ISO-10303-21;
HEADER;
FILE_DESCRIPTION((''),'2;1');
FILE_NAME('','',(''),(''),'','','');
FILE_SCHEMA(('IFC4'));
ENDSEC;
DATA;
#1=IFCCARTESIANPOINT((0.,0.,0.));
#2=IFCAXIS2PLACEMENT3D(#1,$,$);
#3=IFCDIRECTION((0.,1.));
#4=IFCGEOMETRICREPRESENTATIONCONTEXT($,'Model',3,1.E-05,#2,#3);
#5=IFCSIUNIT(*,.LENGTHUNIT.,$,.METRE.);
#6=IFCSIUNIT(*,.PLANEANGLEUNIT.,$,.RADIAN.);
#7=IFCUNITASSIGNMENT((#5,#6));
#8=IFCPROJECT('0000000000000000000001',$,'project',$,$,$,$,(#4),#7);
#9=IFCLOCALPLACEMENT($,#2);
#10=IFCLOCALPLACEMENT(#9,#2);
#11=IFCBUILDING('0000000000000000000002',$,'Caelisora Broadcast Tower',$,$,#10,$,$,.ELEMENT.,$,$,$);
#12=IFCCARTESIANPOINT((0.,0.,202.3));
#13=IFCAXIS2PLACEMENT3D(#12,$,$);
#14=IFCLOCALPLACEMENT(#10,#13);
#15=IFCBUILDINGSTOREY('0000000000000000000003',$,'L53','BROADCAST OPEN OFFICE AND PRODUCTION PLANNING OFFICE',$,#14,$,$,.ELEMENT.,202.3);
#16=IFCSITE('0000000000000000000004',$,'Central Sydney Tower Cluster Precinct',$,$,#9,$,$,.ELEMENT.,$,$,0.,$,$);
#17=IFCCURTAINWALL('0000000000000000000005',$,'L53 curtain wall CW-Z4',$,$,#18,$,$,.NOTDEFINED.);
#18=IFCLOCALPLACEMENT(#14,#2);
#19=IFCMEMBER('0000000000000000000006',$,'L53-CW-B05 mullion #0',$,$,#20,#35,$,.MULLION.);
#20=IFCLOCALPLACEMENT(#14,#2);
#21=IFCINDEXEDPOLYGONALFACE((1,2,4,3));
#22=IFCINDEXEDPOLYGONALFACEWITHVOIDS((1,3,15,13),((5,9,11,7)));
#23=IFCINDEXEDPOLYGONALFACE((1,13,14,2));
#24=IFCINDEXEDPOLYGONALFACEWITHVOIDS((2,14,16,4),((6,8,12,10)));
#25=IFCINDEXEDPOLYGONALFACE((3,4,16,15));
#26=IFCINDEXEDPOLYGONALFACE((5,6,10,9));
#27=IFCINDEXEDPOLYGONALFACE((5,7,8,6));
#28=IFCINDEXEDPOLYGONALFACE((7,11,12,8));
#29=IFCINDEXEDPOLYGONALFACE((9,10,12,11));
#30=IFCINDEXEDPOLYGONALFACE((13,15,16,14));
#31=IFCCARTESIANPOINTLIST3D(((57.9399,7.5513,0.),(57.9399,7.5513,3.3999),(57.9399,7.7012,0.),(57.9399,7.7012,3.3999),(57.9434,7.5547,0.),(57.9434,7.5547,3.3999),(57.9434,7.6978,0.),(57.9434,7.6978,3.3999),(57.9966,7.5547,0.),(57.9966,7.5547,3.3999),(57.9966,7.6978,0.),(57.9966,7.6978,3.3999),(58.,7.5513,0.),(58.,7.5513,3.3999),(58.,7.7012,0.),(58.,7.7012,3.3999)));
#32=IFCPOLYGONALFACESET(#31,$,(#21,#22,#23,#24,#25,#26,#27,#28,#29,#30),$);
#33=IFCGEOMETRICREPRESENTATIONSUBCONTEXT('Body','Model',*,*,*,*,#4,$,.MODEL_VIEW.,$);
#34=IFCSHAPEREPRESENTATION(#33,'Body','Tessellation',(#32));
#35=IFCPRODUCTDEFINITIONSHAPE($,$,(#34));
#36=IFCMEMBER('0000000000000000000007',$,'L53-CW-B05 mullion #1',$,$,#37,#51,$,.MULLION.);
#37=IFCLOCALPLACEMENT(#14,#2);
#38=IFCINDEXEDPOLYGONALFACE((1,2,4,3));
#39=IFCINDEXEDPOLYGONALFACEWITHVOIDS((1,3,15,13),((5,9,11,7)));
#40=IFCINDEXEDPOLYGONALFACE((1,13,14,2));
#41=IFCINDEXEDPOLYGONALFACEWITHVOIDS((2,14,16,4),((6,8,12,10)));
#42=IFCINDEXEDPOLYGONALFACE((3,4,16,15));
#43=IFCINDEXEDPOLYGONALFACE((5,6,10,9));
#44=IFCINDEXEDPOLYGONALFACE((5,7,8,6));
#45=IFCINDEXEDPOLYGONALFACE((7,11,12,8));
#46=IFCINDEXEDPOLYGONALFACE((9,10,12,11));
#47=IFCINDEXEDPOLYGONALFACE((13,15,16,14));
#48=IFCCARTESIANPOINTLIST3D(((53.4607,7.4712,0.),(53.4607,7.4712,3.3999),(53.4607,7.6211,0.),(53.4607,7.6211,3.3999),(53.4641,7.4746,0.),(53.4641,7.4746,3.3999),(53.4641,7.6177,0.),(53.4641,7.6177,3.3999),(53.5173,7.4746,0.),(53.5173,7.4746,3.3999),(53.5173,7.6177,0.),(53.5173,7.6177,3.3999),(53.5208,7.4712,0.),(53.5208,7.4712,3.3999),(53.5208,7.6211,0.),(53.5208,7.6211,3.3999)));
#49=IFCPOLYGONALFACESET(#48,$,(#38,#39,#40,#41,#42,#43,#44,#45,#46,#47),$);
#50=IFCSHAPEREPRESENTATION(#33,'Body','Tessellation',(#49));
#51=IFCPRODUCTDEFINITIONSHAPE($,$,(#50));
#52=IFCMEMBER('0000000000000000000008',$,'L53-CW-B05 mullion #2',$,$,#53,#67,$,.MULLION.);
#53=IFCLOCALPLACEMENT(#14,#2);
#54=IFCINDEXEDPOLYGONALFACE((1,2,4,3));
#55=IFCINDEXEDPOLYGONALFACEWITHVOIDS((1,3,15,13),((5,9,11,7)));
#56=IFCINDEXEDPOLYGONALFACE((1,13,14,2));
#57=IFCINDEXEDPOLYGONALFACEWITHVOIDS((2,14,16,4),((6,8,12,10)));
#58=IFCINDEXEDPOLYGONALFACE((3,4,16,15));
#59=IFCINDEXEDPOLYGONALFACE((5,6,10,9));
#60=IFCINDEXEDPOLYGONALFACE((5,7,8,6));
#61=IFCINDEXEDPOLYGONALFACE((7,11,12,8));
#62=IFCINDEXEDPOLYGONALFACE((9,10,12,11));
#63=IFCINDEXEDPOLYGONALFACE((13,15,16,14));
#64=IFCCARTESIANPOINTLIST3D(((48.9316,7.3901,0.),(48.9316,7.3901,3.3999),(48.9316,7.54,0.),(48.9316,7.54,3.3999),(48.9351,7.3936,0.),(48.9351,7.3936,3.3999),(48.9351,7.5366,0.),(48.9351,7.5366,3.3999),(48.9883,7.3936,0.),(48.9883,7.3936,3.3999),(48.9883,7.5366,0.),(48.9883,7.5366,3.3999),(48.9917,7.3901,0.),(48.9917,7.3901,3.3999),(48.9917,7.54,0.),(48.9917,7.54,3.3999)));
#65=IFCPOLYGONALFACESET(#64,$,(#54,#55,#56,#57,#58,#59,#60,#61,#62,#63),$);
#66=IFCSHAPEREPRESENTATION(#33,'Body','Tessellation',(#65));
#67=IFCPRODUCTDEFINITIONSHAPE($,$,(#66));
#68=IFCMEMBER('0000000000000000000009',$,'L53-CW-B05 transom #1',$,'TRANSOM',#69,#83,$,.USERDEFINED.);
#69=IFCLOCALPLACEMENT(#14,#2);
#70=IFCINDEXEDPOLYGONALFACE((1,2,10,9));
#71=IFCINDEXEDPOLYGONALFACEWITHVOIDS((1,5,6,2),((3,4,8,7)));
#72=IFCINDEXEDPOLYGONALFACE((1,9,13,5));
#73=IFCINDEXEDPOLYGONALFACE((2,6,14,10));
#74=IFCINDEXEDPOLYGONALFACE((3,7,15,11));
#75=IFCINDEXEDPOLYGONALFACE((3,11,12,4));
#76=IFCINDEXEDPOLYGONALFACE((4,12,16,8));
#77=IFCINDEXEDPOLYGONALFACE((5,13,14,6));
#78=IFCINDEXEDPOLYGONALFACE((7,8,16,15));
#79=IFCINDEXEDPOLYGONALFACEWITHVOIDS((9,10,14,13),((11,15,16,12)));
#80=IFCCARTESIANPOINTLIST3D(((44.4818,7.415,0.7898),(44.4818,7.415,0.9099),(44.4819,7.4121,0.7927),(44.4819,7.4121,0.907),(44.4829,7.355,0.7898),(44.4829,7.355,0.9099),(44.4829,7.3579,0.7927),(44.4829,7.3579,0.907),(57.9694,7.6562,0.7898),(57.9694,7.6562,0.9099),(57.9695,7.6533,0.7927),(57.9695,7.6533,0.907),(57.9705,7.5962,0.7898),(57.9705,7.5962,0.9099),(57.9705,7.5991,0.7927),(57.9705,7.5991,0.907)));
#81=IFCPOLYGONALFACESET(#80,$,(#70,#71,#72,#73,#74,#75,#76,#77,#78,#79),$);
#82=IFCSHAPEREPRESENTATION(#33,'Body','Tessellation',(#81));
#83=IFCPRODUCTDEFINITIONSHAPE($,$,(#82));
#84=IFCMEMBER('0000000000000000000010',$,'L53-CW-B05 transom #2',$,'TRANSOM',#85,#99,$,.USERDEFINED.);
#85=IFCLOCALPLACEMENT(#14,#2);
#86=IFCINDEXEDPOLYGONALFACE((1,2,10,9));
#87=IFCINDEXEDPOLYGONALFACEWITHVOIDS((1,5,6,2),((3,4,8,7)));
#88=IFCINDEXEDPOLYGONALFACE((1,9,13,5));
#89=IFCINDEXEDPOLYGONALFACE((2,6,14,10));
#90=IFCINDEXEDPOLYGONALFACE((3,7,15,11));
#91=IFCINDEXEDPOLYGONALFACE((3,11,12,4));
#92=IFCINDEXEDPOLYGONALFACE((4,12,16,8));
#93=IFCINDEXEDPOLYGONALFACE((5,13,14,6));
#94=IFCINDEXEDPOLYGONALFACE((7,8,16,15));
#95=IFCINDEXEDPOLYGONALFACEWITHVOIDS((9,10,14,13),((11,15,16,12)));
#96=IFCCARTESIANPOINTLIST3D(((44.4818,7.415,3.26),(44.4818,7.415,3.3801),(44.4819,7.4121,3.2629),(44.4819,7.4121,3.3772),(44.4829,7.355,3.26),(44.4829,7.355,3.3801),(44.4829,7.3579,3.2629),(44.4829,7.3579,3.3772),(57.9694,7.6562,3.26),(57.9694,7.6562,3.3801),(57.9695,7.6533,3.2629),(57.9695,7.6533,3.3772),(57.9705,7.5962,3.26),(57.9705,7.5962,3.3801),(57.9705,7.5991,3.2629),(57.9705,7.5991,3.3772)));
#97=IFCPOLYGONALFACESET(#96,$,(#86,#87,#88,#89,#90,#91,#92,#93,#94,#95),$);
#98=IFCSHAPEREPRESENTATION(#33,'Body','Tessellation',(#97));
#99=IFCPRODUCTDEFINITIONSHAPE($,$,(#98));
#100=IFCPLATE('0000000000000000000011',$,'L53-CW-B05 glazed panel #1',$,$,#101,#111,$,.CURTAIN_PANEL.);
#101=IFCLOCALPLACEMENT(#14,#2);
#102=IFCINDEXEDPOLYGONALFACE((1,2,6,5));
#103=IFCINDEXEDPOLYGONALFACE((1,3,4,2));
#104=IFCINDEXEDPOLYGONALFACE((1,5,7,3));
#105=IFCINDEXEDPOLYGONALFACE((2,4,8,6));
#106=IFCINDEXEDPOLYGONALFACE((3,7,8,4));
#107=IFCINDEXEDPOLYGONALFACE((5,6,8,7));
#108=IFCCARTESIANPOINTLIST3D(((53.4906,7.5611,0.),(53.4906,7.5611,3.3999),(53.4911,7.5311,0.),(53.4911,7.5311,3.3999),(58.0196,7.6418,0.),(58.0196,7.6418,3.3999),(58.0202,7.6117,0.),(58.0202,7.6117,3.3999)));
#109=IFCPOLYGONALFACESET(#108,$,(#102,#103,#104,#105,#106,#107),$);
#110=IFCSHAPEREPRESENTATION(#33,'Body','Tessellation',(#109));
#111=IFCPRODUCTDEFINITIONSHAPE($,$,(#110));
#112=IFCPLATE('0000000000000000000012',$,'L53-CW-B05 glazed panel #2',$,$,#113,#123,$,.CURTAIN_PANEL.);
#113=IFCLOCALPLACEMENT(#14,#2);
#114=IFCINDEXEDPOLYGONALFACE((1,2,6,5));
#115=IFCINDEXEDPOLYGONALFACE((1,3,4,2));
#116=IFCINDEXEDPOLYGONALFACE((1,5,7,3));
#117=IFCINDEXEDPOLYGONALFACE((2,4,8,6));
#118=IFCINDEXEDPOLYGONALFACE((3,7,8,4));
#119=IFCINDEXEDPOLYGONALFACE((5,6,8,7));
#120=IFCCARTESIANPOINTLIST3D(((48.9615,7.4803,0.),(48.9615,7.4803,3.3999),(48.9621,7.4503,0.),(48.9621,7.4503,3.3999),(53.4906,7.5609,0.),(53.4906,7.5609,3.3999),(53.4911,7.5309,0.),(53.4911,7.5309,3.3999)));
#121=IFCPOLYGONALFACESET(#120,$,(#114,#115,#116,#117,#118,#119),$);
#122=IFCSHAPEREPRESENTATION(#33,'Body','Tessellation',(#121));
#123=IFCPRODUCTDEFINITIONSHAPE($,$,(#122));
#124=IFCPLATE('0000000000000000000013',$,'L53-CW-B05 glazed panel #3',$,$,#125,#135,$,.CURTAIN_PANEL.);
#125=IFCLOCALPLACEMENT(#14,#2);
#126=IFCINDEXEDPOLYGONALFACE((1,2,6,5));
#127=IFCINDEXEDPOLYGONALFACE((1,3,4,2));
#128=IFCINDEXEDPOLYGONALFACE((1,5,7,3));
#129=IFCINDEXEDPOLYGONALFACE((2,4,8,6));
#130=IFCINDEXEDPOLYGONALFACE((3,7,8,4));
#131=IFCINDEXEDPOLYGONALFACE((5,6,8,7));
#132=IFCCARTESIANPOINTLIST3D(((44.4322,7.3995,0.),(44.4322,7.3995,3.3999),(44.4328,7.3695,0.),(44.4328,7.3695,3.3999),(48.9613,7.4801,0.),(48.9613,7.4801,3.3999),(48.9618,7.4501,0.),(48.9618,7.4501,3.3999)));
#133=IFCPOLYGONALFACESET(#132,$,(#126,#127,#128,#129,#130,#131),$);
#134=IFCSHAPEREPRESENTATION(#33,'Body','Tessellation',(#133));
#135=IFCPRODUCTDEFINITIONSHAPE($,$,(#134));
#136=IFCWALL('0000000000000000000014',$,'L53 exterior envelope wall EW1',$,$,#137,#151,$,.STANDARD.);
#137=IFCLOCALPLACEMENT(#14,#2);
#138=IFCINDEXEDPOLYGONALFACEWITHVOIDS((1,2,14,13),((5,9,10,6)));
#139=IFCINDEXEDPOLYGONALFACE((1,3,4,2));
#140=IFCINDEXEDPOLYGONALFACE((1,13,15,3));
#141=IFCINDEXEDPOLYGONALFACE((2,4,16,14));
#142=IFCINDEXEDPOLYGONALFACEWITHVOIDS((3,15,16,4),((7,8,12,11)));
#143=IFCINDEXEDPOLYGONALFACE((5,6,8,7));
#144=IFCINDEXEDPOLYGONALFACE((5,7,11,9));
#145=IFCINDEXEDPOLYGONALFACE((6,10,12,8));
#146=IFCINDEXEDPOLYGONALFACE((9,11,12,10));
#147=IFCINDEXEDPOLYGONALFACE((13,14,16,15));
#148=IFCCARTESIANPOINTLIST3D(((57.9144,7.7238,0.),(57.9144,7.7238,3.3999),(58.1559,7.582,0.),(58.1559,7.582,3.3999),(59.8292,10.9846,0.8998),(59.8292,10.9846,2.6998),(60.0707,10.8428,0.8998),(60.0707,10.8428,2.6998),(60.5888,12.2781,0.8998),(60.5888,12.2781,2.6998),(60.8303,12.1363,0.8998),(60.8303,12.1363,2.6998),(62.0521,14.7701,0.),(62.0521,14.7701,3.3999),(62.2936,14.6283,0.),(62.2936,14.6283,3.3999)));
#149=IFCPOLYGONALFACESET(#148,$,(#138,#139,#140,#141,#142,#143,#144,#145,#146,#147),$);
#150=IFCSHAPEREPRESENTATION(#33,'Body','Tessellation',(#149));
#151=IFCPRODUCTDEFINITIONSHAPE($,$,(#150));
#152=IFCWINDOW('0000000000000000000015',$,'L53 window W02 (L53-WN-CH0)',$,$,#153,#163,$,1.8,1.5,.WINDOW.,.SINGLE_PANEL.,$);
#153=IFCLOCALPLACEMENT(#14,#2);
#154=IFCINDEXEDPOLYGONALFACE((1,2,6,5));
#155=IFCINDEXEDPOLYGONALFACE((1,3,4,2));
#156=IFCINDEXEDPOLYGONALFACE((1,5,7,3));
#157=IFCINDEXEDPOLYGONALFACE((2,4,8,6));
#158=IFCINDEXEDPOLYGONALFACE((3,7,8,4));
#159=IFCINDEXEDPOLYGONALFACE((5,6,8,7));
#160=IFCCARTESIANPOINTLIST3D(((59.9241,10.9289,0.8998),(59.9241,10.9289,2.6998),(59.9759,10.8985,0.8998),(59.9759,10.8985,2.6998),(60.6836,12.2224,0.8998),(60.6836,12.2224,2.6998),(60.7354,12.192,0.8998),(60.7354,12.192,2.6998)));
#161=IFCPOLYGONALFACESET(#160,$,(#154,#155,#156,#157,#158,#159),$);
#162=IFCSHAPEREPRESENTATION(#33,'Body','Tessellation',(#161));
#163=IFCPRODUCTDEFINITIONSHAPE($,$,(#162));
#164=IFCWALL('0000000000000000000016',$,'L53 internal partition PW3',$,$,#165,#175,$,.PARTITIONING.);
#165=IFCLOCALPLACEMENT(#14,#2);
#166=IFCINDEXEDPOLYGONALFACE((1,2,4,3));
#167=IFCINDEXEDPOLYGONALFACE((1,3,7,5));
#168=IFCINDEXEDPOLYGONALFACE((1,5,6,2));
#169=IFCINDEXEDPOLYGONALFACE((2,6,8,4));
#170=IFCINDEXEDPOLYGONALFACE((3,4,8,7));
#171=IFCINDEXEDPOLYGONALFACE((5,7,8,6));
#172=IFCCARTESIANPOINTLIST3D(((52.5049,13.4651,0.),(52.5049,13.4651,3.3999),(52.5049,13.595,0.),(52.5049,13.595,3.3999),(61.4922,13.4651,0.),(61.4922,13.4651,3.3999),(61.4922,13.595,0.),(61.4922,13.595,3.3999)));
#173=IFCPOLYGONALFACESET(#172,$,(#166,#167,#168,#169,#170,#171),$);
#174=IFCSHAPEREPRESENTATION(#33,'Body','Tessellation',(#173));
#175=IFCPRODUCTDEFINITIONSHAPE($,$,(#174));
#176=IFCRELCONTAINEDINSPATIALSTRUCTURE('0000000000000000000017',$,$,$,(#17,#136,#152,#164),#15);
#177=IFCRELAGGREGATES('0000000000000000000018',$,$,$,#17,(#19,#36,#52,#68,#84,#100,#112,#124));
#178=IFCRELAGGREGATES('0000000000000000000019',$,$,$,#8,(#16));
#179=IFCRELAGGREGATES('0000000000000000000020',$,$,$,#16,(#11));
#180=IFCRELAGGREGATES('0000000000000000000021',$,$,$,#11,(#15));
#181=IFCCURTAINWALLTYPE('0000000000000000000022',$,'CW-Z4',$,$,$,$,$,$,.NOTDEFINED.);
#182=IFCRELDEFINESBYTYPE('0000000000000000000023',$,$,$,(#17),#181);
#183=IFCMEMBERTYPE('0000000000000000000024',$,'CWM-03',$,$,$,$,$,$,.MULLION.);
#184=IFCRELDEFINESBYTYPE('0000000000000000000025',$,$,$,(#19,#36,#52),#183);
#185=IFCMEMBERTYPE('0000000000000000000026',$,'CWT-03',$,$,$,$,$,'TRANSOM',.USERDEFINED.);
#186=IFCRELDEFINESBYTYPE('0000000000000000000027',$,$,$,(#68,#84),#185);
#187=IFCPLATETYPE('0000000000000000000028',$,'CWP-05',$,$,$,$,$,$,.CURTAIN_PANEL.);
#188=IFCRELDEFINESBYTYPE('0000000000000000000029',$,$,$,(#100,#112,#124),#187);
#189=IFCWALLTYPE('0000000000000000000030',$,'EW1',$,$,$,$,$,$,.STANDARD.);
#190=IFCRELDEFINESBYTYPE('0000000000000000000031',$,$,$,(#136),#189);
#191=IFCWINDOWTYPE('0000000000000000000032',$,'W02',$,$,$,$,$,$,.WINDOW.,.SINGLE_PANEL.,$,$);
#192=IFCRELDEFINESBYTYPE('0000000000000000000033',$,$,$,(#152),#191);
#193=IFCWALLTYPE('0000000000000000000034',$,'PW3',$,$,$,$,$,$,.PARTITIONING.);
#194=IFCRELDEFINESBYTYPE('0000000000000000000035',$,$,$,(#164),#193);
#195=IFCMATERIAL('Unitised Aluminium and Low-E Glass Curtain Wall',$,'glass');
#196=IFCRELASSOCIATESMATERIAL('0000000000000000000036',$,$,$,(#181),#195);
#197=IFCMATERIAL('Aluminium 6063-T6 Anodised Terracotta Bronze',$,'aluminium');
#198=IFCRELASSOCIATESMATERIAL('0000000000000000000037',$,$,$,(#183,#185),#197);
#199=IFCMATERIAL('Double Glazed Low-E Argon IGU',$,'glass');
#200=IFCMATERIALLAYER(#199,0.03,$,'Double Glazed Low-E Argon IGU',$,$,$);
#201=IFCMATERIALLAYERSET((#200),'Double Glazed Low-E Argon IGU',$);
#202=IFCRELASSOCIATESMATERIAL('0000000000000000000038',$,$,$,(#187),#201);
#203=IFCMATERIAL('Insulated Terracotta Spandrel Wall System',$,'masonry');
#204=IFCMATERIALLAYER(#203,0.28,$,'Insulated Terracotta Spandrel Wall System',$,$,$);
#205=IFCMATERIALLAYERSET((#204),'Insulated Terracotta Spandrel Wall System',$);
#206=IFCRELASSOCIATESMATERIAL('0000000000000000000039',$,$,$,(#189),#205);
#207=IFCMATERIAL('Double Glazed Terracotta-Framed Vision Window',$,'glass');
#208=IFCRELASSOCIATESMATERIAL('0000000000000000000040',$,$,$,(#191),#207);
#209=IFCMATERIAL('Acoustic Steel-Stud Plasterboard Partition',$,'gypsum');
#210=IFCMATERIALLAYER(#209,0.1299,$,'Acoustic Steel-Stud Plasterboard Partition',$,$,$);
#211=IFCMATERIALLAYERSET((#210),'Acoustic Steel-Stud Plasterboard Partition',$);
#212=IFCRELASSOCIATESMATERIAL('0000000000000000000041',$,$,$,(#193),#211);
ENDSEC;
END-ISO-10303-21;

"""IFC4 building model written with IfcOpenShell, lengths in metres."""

from ifc_helpers import new_model, si_unit, direction, frame, frame_2d, origin, origin_2d, place, context, subcontext, project, spatial, rectangle, hollow_rectangle, extrude, source, transform, mapped, material, layer, layer_set, material_profile, profile_set, type_object, type_shapes, element, fill, aggregate, save


model = new_model("IFC4")

# Units and contexts
model_context = context("Model", 3, precision=1e-05, world=origin(), true_north=direction((0.0, 1.0)))
body_context = subcontext(model_context, "Body", "Model", "MODEL_VIEW")
ifc_project = project(units=[si_unit("LENGTHUNIT", "METRE"), si_unit("PLANEANGLEUNIT", "RADIAN")], contexts=[model_context])

# Site, building, storey
site_placement = place(None, origin())
site = spatial("IfcSite", under=ifc_project, at=site_placement, Name="Central Sydney Tower Cluster Precinct", CompositionType="ELEMENT", RefElevation=0.0)
building_placement = place(site_placement, origin())
building = spatial("IfcBuilding", under=site, at=building_placement, Name="Caelisora Broadcast Tower", CompositionType="ELEMENT")
storey_placement = place(building_placement, frame((0.0, 0.0, 202.3)))
storey = spatial("IfcBuildingStorey", under=building, at=storey_placement, Name="L53", Description="BROADCAST OPEN OFFICE AND PRODUCTION PLANNING OFFICE", CompositionType="ELEMENT", Elevation=202.3)

# Shared definitions
ifc_material_1 = material(Name="Unitised Aluminium and Low-E Glass Curtain Wall", Category="glass")
curtain_wall_type = type_object("IfcCurtainWallType", Name="CW-Z4", PredefinedType="NOTDEFINED", material=ifc_material_1)
ifc_material_2 = material(Name="Aluminium 6063-T6 Anodised Terracotta Bronze", Category="aluminium")
ifc_material_profile_1 = material_profile(ifc_material_2, hollow_rectangle(XDim=0.0601, YDim=0.1499, WallThickness=0.0034, at=origin_2d()), Name="Aluminium 6063-T6 Anodised Terracotta Bronze")
ifc_profile_set_1 = profile_set([ifc_material_profile_1], Name="Aluminium 6063-T6 Anodised Terracotta Bronze")
member_type_1 = type_object("IfcMemberType", Name="CWM-03", PredefinedType="MULLION", material=ifc_profile_set_1)
shared_shape_1 = source(origin(), body_context, "Body", "SweptSolid", [
    extrude(hollow_rectangle(XDim=0.0601, YDim=0.1499, WallThickness=0.0034, at=origin_2d()), origin(), (0.0, 0.0, 1.0), 3.3999),
])
type_shapes(member_type_1, [shared_shape_1])

# Curtain wall, members, plates
curtain_wall_1_placement = place(storey_placement, origin())
curtain_wall_1 = element("IfcCurtainWall", 1, at=curtain_wall_1_placement, inside=storey, type_object=curtain_wall_type, Name="L53 curtain wall CW-Z4", PredefinedType="NOTDEFINED")
member_1_placement = place(storey_placement, frame((57.97, 7.6262, 0.0), z_axis=(0.0, 0.0, 1.0), x_axis=(1.0, 0.0, 0.0)))
member_1 = element("IfcMember", 2, at=member_1_placement, type_object=member_type_1, Name="L53-CW-B05 mullion #0", PredefinedType="MULLION", context=body_context, shape_type="MappedRepresentation", body=[
    mapped(shared_shape_1, transform((0.0, 0.0, 0.0), scale=1.0)),
])
member_2_placement = place(storey_placement, frame((53.4907, 7.5461, 0.0), z_axis=(0.0, 0.0, 1.0), x_axis=(1.0, 0.0, 0.0)))
member_2 = element("IfcMember", 3, at=member_2_placement, type_object=member_type_1, Name="L53-CW-B05 mullion #1", PredefinedType="MULLION", context=body_context, shape_type="MappedRepresentation", body=[
    mapped(shared_shape_1, transform((0.0, 0.0, 0.0), scale=1.0)),
])
member_3_placement = place(storey_placement, frame((48.9617, 7.4651, 0.0), z_axis=(0.0, 0.0, 1.0), x_axis=(1.0, 0.0, 0.0)))
member_3 = element("IfcMember", 4, at=member_3_placement, type_object=member_type_1, Name="L53-CW-B05 mullion #2", PredefinedType="MULLION", context=body_context, shape_type="MappedRepresentation", body=[
    mapped(shared_shape_1, transform((0.0, 0.0, 0.0), scale=1.0)),
])
ifc_material_profile_2 = material_profile(ifc_material_2, hollow_rectangle(XDim=0.0601, YDim=0.1201, WallThickness=0.0029, at=origin_2d()), Name="Aluminium 6063-T6 Anodised Terracotta Bronze")
ifc_profile_set_2 = profile_set([ifc_material_profile_2], Name="Aluminium 6063-T6 Anodised Terracotta Bronze")
member_type_2 = type_object("IfcMemberType", Name="CWT-03", ElementType="TRANSOM", PredefinedType="USERDEFINED", material=ifc_profile_set_2)
shared_shape_2 = source(origin(), body_context, "Body", "SweptSolid", [
    extrude(hollow_rectangle(XDim=0.0601, YDim=0.1201, WallThickness=0.0029, at=origin_2d()), origin(), (0.0, 0.0, 1.0), 13.4897),
])
type_shapes(member_type_2, [shared_shape_2])
member_4_placement = place(storey_placement, frame((57.97, 7.6262, 0.8499), z_axis=(-0.99984, -0.017881, 0.0), x_axis=(0.017881, -0.99984, 0.0)))
member_4 = element("IfcMember", 5, at=member_4_placement, type_object=member_type_2, Name="L53-CW-B05 transom #1", ObjectType="TRANSOM", PredefinedType="USERDEFINED", context=body_context, shape_type="MappedRepresentation", body=[
    mapped(shared_shape_2, transform((0.0, 0.0, 0.0), scale=1.0)),
])
member_5_placement = place(storey_placement, frame((57.97, 7.6262, 3.3201), z_axis=(-0.99984, -0.017881, 0.0), x_axis=(0.017881, -0.99984, 0.0)))
member_5 = element("IfcMember", 6, at=member_5_placement, type_object=member_type_2, Name="L53-CW-B05 transom #2", ObjectType="TRANSOM", PredefinedType="USERDEFINED", context=body_context, shape_type="MappedRepresentation", body=[
    mapped(shared_shape_2, transform((0.0, 0.0, 0.0), scale=1.0)),
])
ifc_material_3 = material(Name="Double Glazed Low-E Argon IGU", Category="glass")
ifc_layer_1 = layer(ifc_material_3, 0.03, Name="Double Glazed Low-E Argon IGU")
ifc_layer_set_1 = layer_set([ifc_layer_1], Name="Double Glazed Low-E Argon IGU")
plate_type = type_object("IfcPlateType", Name="CWP-05", PredefinedType="CURTAIN_PANEL", material=ifc_layer_set_1)
shared_shape_3 = source(origin(), body_context, "Body", "SweptSolid", [
    extrude(rectangle(XDim=4.5298, YDim=0.03, at=origin_2d()), origin(), (0.0, 0.0, 1.0), 3.3999),
])
type_shapes(plate_type, [shared_shape_3])
plate_1_placement = place(storey_placement, frame((55.7554, 7.5864, 0.0), z_axis=(0.0, 0.0, 1.0), x_axis=(-0.999842, -0.017801, 0.0)))
plate_1 = element("IfcPlate", 7, at=plate_1_placement, type_object=plate_type, Name="L53-CW-B05 glazed panel #1", PredefinedType="CURTAIN_PANEL", context=body_context, shape_type="MappedRepresentation", body=[
    mapped(shared_shape_3, transform((0.0, 0.0, 0.0), scale=1.0)),
])
plate_2_placement = place(storey_placement, frame((51.2263, 7.5056, 0.0), z_axis=(0.0, 0.0, 1.0), x_axis=(-0.999842, -0.017801, 0.0)))
plate_2 = element("IfcPlate", 8, at=plate_2_placement, type_object=plate_type, Name="L53-CW-B05 glazed panel #2", PredefinedType="CURTAIN_PANEL", context=body_context, shape_type="MappedRepresentation", body=[
    mapped(shared_shape_3, transform((0.0, 0.0, 0.0), scale=1.0)),
])
plate_3_placement = place(storey_placement, frame((46.697, 7.4248, 0.0), z_axis=(0.0, 0.0, 1.0), x_axis=(-0.999842, -0.017801, 0.0)))
plate_3 = element("IfcPlate", 9, at=plate_3_placement, type_object=plate_type, Name="L53-CW-B05 glazed panel #3", PredefinedType="CURTAIN_PANEL", context=body_context, shape_type="MappedRepresentation", body=[
    mapped(shared_shape_3, transform((0.0, 0.0, 0.0), scale=1.0)),
])
aggregate(curtain_wall_1, [member_1, member_2, member_3, member_4, member_5, plate_1, plate_2, plate_3])

# Wall, opening, window
ifc_material_4 = material(Name="Insulated Terracotta Spandrel Wall System", Category="masonry")
ifc_layer_2 = layer(ifc_material_4, 0.28, Name="Insulated Terracotta Spandrel Wall System")
ifc_layer_set_2 = layer_set([ifc_layer_2], Name="Insulated Terracotta Spandrel Wall System")
wall_type_1 = type_object("IfcWallType", Name="EW1", PredefinedType="STANDARD", material=ifc_layer_set_2)
wall_1_placement = place(storey_placement, frame((62.1729, 14.6992, 0.0), z_axis=(0.0, 0.0, 1.0), x_axis=(-0.506362, -0.862321, 0.0)))
wall_1 = element("IfcWall", 10, at=wall_1_placement, inside=storey, type_object=wall_type_1, Name="L53 exterior envelope wall EW1", PredefinedType="STANDARD", context=body_context, shape_type="SweptSolid", body=[
    extrude(rectangle(XDim=8.1714, YDim=0.28, at=frame_2d((4.0857, 0.0))), origin(), (0.0, 0.0, 1.0), 3.3999),
])
opening_1_placement = place(wall_1_placement, frame((2.8899, 0.0, 0.8999)))
opening_1 = element("IfcOpeningElement", 11, at=opening_1_placement, cuts=wall_1, PredefinedType="OPENING", context=body_context, shape_type="SweptSolid", body=[
    extrude(rectangle(XDim=1.5, YDim=1.8, at=frame_2d((0.75, 0.8999))), frame((0.0, 0.1521, 0.0), z_axis=(0.0, -1.0, 0.0), x_axis=(1.0, 0.0, 0.0)), (0.0, 0.0, 1.0), 0.304),
])
ifc_material_5 = material(Name="Double Glazed Terracotta-Framed Vision Window", Category="glass")
window_type = type_object("IfcWindowType", Name="W02", PartitioningType="SINGLE_PANEL", PredefinedType="WINDOW", material=ifc_material_5)
window_placement = place(opening_1_placement, origin())
window = element("IfcWindow", 12, at=window_placement, inside=storey, type_object=window_type, Name="L53 window W02 (L53-WN-CH0)", OverallHeight=1.8, OverallWidth=1.5, PartitioningType="SINGLE_PANEL", PredefinedType="WINDOW", context=body_context, shape_type="SweptSolid", body=[
    extrude(rectangle(XDim=1.5, YDim=1.8, at=frame_2d((0.75, 0.8999))), frame((0.0, 0.03, 0.0), z_axis=(0.0, -1.0, 0.0), x_axis=(1.0, 0.0, 0.0)), (0.0, 0.0, 1.0), 0.0601),
])
fill(opening_1, window)

# Wall
ifc_material_6 = material(Name="Acoustic Steel-Stud Plasterboard Partition", Category="gypsum")
ifc_layer_3 = layer(ifc_material_6, 0.1299, Name="Acoustic Steel-Stud Plasterboard Partition")
ifc_layer_set_3 = layer_set([ifc_layer_3], Name="Acoustic Steel-Stud Plasterboard Partition")
wall_type_2 = type_object("IfcWallType", Name="PW3", PredefinedType="PARTITIONING", material=ifc_layer_set_3)
wall_2_placement = place(storey_placement, frame((52.5049, 13.53, 0.0), z_axis=(0.0, 0.0, 1.0), x_axis=(1.0, 0.0, 0.0)))
element("IfcWall", 13, at=wall_2_placement, inside=storey, type_object=wall_type_2, Name="L53 internal partition PW3", PredefinedType="PARTITIONING", context=body_context, shape_type="SweptSolid", body=[
    extrude(rectangle(XDim=8.9873, YDim=0.1299, at=frame_2d((4.4937, 0.0))), origin(), (0.0, 0.0, 1.0), 3.3999),
])

save(model, "model.ifc")
